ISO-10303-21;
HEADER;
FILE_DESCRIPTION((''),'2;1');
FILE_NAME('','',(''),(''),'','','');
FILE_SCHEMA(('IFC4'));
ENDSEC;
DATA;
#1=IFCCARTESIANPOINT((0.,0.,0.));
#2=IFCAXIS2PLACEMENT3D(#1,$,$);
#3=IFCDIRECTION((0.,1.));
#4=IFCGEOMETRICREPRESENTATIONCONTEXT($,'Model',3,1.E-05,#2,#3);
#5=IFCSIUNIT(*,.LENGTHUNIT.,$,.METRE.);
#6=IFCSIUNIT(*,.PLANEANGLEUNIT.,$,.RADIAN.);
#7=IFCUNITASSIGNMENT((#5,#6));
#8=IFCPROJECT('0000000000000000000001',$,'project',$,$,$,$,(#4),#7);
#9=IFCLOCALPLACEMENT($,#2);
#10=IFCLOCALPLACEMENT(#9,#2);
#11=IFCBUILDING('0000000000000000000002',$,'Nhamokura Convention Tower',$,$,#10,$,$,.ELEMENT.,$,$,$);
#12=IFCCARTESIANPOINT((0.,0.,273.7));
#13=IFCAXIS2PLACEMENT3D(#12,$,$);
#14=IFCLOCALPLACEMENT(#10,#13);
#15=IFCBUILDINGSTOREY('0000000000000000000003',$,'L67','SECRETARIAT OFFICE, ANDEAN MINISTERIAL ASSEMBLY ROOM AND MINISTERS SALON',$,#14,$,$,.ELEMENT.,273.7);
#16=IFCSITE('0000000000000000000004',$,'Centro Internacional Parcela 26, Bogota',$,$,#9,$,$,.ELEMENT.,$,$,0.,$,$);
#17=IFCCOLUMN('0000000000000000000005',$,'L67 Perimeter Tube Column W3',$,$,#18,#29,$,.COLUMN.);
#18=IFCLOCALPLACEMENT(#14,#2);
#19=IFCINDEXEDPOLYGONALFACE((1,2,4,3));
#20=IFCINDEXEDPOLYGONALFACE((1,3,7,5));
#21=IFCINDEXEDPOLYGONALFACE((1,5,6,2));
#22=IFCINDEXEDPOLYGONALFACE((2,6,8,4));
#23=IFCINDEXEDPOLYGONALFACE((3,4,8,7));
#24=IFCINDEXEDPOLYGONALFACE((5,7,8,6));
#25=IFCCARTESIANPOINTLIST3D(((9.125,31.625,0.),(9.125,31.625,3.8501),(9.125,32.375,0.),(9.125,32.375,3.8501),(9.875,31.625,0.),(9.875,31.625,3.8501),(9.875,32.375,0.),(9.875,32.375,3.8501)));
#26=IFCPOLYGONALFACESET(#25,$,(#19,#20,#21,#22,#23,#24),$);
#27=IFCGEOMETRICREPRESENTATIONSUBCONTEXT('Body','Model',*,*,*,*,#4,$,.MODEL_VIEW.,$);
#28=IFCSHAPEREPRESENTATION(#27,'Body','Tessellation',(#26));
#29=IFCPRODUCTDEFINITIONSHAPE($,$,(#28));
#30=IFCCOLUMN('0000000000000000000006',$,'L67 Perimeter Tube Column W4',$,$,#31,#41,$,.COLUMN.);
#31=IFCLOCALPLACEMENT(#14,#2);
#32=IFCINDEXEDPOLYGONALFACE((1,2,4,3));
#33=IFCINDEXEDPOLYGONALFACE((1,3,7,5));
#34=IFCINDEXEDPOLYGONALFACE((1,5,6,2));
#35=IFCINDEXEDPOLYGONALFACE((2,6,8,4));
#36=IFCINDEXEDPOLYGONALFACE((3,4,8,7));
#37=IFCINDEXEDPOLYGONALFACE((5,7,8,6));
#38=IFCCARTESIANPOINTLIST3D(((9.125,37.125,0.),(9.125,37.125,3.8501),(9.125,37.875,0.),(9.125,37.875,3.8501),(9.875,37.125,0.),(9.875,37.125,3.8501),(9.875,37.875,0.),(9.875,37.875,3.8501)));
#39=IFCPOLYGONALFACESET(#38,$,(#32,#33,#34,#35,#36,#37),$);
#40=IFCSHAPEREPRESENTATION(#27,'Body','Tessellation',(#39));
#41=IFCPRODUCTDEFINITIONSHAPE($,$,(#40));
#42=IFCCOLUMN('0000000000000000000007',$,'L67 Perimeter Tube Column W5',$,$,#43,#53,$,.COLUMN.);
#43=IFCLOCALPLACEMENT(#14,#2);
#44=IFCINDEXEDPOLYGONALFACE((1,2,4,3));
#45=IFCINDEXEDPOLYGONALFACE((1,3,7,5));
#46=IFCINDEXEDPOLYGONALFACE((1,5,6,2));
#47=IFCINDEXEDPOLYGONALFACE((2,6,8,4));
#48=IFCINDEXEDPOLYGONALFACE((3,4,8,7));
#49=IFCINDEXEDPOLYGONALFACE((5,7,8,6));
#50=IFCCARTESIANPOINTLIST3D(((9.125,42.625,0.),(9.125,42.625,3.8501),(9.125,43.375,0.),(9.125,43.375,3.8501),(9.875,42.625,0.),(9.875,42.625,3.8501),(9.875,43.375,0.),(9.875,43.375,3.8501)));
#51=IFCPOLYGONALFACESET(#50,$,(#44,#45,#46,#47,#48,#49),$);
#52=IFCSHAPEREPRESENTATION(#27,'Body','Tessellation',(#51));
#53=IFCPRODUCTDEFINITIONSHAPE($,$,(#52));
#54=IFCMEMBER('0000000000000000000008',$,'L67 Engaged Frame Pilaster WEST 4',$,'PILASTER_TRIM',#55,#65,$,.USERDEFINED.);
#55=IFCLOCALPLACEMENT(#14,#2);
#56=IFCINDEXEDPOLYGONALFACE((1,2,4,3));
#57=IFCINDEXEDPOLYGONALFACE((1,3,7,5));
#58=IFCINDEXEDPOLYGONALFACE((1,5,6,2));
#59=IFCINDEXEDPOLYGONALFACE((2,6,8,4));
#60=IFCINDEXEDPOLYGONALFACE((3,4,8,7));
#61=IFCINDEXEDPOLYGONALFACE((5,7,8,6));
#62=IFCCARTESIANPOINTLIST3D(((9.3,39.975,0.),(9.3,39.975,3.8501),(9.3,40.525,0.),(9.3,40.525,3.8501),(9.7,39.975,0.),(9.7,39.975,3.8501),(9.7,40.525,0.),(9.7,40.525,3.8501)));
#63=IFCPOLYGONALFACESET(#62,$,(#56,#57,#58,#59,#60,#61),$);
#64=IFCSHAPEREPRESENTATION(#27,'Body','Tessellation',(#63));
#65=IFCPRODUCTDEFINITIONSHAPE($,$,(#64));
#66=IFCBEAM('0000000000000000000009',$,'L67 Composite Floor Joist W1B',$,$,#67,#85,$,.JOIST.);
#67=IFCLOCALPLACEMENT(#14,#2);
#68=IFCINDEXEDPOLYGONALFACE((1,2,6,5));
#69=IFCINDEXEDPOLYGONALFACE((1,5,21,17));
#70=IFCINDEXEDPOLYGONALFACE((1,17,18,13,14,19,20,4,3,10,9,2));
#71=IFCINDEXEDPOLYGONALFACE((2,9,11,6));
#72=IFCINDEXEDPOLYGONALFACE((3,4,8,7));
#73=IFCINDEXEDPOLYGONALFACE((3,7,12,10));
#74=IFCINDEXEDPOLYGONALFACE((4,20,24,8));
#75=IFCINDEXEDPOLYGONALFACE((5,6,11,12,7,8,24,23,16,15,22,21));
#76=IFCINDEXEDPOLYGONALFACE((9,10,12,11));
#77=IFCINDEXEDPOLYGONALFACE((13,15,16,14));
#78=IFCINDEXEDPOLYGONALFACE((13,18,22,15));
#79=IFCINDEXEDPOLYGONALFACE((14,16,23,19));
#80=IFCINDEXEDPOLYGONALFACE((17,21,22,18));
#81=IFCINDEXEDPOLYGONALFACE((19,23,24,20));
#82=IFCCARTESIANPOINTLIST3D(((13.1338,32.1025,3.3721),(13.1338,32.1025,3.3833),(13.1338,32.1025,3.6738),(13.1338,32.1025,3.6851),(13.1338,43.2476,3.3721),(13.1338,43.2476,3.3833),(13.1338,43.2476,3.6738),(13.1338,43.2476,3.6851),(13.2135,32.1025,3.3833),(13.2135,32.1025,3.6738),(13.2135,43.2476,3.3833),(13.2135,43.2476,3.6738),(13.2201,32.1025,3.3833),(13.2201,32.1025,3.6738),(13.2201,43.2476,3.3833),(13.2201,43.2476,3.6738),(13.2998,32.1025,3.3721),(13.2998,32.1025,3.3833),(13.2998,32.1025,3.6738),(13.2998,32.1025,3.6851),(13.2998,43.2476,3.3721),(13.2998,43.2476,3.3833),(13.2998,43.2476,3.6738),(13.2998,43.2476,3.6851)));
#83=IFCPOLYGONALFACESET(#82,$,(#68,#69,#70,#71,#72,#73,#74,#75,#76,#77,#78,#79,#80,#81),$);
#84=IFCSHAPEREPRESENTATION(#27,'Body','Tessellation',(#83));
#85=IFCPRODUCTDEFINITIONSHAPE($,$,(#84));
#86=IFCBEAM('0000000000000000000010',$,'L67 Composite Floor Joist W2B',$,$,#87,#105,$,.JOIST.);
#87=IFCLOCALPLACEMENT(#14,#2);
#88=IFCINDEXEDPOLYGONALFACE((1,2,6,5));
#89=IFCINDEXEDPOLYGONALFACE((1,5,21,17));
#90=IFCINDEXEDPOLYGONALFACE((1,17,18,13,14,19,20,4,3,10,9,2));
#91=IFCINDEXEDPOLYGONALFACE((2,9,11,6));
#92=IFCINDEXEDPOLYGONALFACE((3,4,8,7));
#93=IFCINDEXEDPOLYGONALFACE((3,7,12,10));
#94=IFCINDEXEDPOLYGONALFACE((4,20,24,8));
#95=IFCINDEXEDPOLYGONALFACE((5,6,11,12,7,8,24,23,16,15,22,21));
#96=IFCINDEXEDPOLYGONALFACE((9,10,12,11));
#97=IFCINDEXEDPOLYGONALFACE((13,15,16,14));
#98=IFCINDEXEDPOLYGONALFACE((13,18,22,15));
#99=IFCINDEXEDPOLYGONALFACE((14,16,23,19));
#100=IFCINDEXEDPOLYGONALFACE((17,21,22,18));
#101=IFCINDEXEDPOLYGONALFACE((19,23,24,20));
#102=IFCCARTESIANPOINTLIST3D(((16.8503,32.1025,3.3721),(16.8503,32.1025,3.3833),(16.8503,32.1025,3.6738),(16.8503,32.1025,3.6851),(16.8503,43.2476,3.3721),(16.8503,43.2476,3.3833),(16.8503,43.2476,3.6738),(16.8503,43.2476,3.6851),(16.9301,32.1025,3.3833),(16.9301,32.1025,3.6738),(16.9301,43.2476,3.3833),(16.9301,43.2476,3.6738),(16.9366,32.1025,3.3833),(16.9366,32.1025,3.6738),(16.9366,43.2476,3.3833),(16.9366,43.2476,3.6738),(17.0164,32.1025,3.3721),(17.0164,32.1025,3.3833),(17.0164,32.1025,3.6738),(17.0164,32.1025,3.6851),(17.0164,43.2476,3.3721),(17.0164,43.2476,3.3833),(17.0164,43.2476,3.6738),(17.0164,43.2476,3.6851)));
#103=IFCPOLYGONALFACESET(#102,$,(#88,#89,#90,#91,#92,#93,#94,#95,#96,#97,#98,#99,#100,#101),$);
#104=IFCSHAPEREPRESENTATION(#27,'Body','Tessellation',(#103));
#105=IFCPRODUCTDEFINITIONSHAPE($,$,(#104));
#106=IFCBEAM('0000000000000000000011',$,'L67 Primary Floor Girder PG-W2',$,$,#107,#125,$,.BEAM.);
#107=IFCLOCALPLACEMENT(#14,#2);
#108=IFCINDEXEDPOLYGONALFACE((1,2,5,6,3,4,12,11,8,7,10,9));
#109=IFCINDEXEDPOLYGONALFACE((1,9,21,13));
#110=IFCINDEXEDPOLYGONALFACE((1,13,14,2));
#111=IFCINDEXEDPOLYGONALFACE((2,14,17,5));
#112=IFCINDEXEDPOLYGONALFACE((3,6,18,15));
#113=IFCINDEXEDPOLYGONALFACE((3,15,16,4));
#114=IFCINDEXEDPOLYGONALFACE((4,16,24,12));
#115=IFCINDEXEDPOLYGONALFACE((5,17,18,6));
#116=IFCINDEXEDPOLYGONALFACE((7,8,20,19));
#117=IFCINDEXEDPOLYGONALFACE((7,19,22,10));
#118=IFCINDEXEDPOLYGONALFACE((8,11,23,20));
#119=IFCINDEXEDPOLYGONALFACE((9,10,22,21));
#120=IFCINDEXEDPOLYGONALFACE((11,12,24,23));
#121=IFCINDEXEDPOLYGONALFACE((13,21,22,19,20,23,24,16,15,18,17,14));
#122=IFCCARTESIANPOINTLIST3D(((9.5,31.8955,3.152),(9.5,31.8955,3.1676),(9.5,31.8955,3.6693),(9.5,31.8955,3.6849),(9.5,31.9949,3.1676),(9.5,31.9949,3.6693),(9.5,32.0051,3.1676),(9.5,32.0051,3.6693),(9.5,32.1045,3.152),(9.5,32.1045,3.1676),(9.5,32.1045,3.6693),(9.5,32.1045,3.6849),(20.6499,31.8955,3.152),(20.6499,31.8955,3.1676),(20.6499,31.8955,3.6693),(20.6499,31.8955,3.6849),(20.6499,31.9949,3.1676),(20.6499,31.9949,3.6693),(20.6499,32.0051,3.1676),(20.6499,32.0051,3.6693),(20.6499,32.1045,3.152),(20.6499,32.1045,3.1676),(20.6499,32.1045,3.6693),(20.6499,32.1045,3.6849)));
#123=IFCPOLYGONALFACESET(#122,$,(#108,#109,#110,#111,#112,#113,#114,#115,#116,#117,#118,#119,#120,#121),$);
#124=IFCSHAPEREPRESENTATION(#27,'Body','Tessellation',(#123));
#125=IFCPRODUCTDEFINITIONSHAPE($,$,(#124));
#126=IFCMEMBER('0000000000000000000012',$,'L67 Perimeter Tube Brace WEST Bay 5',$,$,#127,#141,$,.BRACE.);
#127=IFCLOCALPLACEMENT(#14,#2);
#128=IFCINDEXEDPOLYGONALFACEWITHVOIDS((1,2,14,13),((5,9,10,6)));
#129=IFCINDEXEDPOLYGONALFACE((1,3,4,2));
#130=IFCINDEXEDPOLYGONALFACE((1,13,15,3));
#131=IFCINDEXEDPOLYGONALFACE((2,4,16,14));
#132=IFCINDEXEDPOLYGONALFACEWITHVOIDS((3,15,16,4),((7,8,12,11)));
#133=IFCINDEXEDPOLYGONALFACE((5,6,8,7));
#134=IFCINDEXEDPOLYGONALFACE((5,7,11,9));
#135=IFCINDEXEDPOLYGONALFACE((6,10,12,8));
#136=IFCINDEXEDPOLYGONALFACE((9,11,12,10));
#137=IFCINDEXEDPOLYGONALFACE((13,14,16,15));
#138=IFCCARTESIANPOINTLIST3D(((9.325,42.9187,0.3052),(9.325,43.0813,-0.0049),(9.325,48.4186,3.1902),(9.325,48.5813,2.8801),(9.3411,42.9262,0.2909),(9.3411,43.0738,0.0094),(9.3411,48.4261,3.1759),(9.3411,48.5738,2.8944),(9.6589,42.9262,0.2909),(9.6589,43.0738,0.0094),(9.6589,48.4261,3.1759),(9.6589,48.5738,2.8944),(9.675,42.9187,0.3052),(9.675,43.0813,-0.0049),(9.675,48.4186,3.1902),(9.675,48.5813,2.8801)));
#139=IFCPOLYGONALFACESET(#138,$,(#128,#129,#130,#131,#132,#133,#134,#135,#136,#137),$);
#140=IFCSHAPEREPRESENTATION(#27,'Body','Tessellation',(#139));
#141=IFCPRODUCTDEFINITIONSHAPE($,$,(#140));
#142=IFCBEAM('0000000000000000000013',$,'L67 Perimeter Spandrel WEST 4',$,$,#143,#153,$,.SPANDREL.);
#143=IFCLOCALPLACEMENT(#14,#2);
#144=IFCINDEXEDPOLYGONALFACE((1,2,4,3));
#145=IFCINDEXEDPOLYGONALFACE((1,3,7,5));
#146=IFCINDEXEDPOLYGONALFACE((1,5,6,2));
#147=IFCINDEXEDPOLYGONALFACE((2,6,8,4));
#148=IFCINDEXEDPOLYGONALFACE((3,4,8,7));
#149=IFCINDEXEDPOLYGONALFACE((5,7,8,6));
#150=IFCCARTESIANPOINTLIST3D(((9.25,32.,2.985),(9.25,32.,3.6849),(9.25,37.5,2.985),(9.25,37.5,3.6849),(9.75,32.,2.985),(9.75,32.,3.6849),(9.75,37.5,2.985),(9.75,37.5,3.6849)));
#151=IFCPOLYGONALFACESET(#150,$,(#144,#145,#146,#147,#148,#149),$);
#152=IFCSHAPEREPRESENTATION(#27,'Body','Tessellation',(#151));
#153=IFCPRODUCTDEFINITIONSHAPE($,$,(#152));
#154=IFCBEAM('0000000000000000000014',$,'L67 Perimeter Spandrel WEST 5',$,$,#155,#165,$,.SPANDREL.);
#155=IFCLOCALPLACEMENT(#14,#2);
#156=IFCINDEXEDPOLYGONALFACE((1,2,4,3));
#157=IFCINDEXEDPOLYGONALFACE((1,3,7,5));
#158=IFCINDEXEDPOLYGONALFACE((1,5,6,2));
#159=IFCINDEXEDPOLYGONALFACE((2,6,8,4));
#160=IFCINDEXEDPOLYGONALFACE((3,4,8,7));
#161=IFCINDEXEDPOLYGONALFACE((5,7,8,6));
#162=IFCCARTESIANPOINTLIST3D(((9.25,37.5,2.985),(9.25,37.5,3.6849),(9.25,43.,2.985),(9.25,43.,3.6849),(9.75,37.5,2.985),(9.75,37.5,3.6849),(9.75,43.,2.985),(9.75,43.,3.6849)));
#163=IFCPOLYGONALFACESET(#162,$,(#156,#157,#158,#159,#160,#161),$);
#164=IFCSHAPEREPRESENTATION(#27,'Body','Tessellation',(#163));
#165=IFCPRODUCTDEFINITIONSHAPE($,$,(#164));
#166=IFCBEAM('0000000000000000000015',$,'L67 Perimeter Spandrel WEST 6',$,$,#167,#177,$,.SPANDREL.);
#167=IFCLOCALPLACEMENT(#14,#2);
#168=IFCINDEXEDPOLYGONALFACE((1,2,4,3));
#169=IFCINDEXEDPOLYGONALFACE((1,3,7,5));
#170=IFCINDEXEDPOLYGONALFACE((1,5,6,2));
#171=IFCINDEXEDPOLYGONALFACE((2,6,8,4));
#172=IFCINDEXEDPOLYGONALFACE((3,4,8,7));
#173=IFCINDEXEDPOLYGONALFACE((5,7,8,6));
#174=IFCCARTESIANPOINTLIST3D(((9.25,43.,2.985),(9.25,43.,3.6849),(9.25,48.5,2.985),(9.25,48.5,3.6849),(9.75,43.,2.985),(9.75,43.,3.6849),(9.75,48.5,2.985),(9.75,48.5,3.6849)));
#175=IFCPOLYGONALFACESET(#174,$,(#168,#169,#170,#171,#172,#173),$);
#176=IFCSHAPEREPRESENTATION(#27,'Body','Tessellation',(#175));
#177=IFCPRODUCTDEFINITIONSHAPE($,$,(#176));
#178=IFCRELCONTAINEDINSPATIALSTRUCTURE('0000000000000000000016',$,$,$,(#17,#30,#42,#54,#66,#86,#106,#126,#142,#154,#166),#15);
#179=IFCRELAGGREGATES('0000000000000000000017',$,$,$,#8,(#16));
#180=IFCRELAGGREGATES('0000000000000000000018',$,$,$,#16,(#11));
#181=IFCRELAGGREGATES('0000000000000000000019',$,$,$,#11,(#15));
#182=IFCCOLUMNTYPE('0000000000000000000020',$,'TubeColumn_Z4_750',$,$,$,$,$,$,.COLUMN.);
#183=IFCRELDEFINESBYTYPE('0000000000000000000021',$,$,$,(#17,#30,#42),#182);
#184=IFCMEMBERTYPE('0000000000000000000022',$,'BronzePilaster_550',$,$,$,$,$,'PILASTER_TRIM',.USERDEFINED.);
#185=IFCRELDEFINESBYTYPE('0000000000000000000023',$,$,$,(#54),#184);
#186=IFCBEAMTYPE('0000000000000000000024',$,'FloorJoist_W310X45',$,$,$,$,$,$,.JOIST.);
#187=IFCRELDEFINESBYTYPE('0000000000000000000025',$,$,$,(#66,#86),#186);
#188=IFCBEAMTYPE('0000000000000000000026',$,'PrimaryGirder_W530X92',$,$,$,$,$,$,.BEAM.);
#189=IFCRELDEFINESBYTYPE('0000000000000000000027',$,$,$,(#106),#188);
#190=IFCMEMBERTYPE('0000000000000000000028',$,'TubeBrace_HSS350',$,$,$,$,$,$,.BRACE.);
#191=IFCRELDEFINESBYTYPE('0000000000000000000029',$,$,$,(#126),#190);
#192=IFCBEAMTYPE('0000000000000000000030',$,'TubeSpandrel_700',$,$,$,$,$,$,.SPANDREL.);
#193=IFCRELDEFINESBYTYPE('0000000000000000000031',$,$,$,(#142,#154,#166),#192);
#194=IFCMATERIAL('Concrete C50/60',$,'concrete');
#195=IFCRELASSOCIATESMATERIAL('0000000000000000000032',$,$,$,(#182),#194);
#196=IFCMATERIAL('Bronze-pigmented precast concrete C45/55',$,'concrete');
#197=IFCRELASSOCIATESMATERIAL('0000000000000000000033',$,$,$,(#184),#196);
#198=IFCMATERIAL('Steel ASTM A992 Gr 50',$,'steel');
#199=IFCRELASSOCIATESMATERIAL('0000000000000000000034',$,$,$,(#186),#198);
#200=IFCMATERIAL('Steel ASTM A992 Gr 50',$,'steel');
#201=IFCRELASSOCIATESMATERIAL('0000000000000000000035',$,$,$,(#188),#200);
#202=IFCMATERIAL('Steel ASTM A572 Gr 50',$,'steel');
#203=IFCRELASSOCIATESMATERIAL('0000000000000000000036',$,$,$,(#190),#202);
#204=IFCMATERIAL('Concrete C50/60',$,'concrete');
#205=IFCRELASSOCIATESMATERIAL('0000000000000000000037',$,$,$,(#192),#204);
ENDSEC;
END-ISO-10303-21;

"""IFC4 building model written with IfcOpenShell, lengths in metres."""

from ifc_helpers import new_model, si_unit, direction, frame, origin, origin_2d, place, context, subcontext, project, spatial, rectangle, hollow_rectangle, i_section, extrude, material, material_profile, profile_set, type_object, element, save


model = new_model("IFC4")

# Units and contexts
model_context = context("Model", 3, precision=1e-05, world=origin(), true_north=direction((0.0, 1.0)))
body_context = subcontext(model_context, "Body", "Model", "MODEL_VIEW")
ifc_project = project(units=[si_unit("LENGTHUNIT", "METRE"), si_unit("PLANEANGLEUNIT", "RADIAN")], contexts=[model_context])

# Site, building, storey
site_placement = place(None, origin())
site = spatial("IfcSite", under=ifc_project, at=site_placement, Name="Centro Internacional Parcela 26, Bogota", CompositionType="ELEMENT", RefElevation=0.0)
building_placement = place(site_placement, origin())
building = spatial("IfcBuilding", under=site, at=building_placement, Name="Nhamokura Convention Tower", CompositionType="ELEMENT")
storey_placement = place(building_placement, frame((0.0, 0.0, 273.7)))
storey = spatial("IfcBuildingStorey", under=building, at=storey_placement, Name="L67", Description="SECRETARIAT OFFICE, ANDEAN MINISTERIAL ASSEMBLY ROOM AND MINISTERS SALON", CompositionType="ELEMENT", Elevation=273.7)

# Columns
ifc_material_1 = material(Name="Concrete C50/60", Category="concrete")
ifc_material_profile_1 = material_profile(ifc_material_1, rectangle(XDim=0.75, YDim=0.75, at=origin_2d()))
ifc_profile_set_1 = profile_set([ifc_material_profile_1], Name="Concrete C50/60")
column_type = type_object("IfcColumnType", Name="TubeColumn_Z4_750", PredefinedType="COLUMN", material=ifc_profile_set_1)
for number, where, z_axis, x_axis, name in (
    (1, (9.5, 32.0, 0.0), (0.0, 0.0, 1.0), (1.0, 0.0, 0.0), "L67 Perimeter Tube Column W3"),
    (2, (9.5, 37.5, 0.0), (0.0, 0.0, 1.0), (1.0, 0.0, 0.0), "L67 Perimeter Tube Column W4"),
    (3, (9.5, 43.0, 0.0), (0.0, 0.0, 1.0), (1.0, 0.0, 0.0), "L67 Perimeter Tube Column W5"),
):
    element("IfcColumn", number, at=place(storey_placement, frame(where, z_axis=z_axis, x_axis=x_axis)), inside=storey, type_object=column_type, Name=name, PredefinedType="COLUMN", context=body_context, shape_type="SweptSolid", body=[
        extrude(rectangle(XDim=0.75, YDim=0.75, at=origin_2d()), origin(), (0.0, 0.0, 1.0), 3.8501),
    ])

# Member
ifc_material_2 = material(Name="Bronze-pigmented precast concrete C45/55", Category="concrete")
ifc_material_profile_2 = material_profile(ifc_material_2, rectangle(XDim=0.3999, YDim=0.55, at=origin_2d()))
ifc_profile_set_2 = profile_set([ifc_material_profile_2], Name="Bronze-pigmented precast concrete C45/55")
member_type_1 = type_object("IfcMemberType", Name="BronzePilaster_550", ElementType="PILASTER_TRIM", PredefinedType="USERDEFINED", material=ifc_profile_set_2)
member_1_placement = place(storey_placement, frame((9.5, 40.25, 0.0), z_axis=(0.0, 0.0, 1.0), x_axis=(1.0, 0.0, 0.0)))
element("IfcMember", 4, at=member_1_placement, inside=storey, type_object=member_type_1, Name="L67 Engaged Frame Pilaster WEST 4", ObjectType="PILASTER_TRIM", PredefinedType="USERDEFINED", context=body_context, shape_type="SweptSolid", body=[
    extrude(rectangle(XDim=0.3999, YDim=0.55, at=origin_2d()), origin(), (0.0, 0.0, 1.0), 3.8501),
])

# Beams
ifc_material_3 = material(Name="Steel ASTM A992 Gr 50", Category="steel")
ifc_material_profile_3 = material_profile(ifc_material_3, i_section(OverallWidth=0.166, OverallDepth=0.313, WebThickness=0.0066, FlangeThickness=0.0112, at=origin_2d()))
ifc_profile_set_3 = profile_set([ifc_material_profile_3], Name="Steel ASTM A992 Gr 50")
beam_type_1 = type_object("IfcBeamType", Name="FloorJoist_W310X45", PredefinedType="JOIST", material=ifc_profile_set_3)
for number, where, z_axis, x_axis, name in (
    (5, (13.2168, 32.1025, 3.5286), (0.0, 1.0, 0.0), (-1.0, 0.0, 0.0), "L67 Composite Floor Joist W1B"),
    (6, (16.9333, 32.1025, 3.5286), (0.0, 1.0, 0.0), (-1.0, 0.0, 0.0), "L67 Composite Floor Joist W2B"),
):
    element("IfcBeam", number, at=place(storey_placement, frame(where, z_axis=z_axis, x_axis=x_axis)), inside=storey, type_object=beam_type_1, Name=name, PredefinedType="JOIST", context=body_context, shape_type="SweptSolid", body=[
        extrude(i_section(OverallWidth=0.166, OverallDepth=0.313, WebThickness=0.0066, FlangeThickness=0.0112, at=origin_2d()), origin(), (0.0, 0.0, 1.0), 11.145),
    ])
ifc_material_4 = material(Name="Steel ASTM A992 Gr 50", Category="steel")
ifc_material_profile_4 = material_profile(ifc_material_4, i_section(OverallWidth=0.209, OverallDepth=0.533, WebThickness=0.0103, FlangeThickness=0.0156, at=origin_2d()))
ifc_profile_set_4 = profile_set([ifc_material_profile_4], Name="Steel ASTM A992 Gr 50")
beam_type_2 = type_object("IfcBeamType", Name="PrimaryGirder_W530X92", PredefinedType="BEAM", material=ifc_profile_set_4)
beam_placement = place(storey_placement, frame((9.5, 32.0, 3.4185), z_axis=(1.0, 0.0, 0.0), x_axis=(0.0, 1.0, 0.0)))
element("IfcBeam", 7, at=beam_placement, inside=storey, type_object=beam_type_2, Name="L67 Primary Floor Girder PG-W2", PredefinedType="BEAM", context=body_context, shape_type="SweptSolid", body=[
    extrude(i_section(OverallWidth=0.209, OverallDepth=0.533, WebThickness=0.0103, FlangeThickness=0.0156, at=origin_2d()), origin(), (0.0, 0.0, 1.0), 11.1499),
])

# Member
ifc_material_5 = material(Name="Steel ASTM A572 Gr 50", Category="steel")
ifc_material_profile_5 = material_profile(ifc_material_5, hollow_rectangle(XDim=0.3501, YDim=0.3501, WallThickness=0.0161, at=origin_2d()))
ifc_profile_set_5 = profile_set([ifc_material_profile_5], Name="Steel ASTM A572 Gr 50")
member_type_2 = type_object("IfcMemberType", Name="TubeBrace_HSS350", PredefinedType="BRACE", material=ifc_profile_set_5)
member_2_placement = place(storey_placement, frame((9.5, 43.0, 0.1501), z_axis=(0.0, 0.885563, 0.46452), x_axis=(-1.0, 0.0, 0.0)))
element("IfcMember", 8, at=member_2_placement, inside=storey, type_object=member_type_2, Name="L67 Perimeter Tube Brace WEST Bay 5", PredefinedType="BRACE", context=body_context, shape_type="SweptSolid", body=[
    extrude(hollow_rectangle(XDim=0.3501, YDim=0.3501, WallThickness=0.0161, at=origin_2d()), origin(), (0.0, 0.0, 1.0), 6.2107),
])

# Beams
ifc_material_6 = material(Name="Concrete C50/60", Category="concrete")
ifc_material_profile_6 = material_profile(ifc_material_6, rectangle(XDim=0.5, YDim=0.7, at=origin_2d()))
ifc_profile_set_6 = profile_set([ifc_material_profile_6], Name="Concrete C50/60")
beam_type_3 = type_object("IfcBeamType", Name="TubeSpandrel_700", PredefinedType="SPANDREL", material=ifc_profile_set_6)
for number, where, z_axis, x_axis, name in (
    (9, (9.5, 32.0, 3.335), (0.0, 1.0, 0.0), (-1.0, 0.0, 0.0), "L67 Perimeter Spandrel WEST 4"),
    (10, (9.5, 37.5, 3.335), (0.0, 1.0, 0.0), (-1.0, 0.0, 0.0), "L67 Perimeter Spandrel WEST 5"),
    (11, (9.5, 43.0, 3.335), (0.0, 1.0, 0.0), (-1.0, 0.0, 0.0), "L67 Perimeter Spandrel WEST 6"),
):
    element("IfcBeam", number, at=place(storey_placement, frame(where, z_axis=z_axis, x_axis=x_axis)), inside=storey, type_object=beam_type_3, Name=name, PredefinedType="SPANDREL", context=body_context, shape_type="SweptSolid", body=[
        extrude(rectangle(XDim=0.5, YDim=0.7, at=origin_2d()), origin(), (0.0, 0.0, 1.0), 5.5),
    ])

save(model, "model.ifc")
